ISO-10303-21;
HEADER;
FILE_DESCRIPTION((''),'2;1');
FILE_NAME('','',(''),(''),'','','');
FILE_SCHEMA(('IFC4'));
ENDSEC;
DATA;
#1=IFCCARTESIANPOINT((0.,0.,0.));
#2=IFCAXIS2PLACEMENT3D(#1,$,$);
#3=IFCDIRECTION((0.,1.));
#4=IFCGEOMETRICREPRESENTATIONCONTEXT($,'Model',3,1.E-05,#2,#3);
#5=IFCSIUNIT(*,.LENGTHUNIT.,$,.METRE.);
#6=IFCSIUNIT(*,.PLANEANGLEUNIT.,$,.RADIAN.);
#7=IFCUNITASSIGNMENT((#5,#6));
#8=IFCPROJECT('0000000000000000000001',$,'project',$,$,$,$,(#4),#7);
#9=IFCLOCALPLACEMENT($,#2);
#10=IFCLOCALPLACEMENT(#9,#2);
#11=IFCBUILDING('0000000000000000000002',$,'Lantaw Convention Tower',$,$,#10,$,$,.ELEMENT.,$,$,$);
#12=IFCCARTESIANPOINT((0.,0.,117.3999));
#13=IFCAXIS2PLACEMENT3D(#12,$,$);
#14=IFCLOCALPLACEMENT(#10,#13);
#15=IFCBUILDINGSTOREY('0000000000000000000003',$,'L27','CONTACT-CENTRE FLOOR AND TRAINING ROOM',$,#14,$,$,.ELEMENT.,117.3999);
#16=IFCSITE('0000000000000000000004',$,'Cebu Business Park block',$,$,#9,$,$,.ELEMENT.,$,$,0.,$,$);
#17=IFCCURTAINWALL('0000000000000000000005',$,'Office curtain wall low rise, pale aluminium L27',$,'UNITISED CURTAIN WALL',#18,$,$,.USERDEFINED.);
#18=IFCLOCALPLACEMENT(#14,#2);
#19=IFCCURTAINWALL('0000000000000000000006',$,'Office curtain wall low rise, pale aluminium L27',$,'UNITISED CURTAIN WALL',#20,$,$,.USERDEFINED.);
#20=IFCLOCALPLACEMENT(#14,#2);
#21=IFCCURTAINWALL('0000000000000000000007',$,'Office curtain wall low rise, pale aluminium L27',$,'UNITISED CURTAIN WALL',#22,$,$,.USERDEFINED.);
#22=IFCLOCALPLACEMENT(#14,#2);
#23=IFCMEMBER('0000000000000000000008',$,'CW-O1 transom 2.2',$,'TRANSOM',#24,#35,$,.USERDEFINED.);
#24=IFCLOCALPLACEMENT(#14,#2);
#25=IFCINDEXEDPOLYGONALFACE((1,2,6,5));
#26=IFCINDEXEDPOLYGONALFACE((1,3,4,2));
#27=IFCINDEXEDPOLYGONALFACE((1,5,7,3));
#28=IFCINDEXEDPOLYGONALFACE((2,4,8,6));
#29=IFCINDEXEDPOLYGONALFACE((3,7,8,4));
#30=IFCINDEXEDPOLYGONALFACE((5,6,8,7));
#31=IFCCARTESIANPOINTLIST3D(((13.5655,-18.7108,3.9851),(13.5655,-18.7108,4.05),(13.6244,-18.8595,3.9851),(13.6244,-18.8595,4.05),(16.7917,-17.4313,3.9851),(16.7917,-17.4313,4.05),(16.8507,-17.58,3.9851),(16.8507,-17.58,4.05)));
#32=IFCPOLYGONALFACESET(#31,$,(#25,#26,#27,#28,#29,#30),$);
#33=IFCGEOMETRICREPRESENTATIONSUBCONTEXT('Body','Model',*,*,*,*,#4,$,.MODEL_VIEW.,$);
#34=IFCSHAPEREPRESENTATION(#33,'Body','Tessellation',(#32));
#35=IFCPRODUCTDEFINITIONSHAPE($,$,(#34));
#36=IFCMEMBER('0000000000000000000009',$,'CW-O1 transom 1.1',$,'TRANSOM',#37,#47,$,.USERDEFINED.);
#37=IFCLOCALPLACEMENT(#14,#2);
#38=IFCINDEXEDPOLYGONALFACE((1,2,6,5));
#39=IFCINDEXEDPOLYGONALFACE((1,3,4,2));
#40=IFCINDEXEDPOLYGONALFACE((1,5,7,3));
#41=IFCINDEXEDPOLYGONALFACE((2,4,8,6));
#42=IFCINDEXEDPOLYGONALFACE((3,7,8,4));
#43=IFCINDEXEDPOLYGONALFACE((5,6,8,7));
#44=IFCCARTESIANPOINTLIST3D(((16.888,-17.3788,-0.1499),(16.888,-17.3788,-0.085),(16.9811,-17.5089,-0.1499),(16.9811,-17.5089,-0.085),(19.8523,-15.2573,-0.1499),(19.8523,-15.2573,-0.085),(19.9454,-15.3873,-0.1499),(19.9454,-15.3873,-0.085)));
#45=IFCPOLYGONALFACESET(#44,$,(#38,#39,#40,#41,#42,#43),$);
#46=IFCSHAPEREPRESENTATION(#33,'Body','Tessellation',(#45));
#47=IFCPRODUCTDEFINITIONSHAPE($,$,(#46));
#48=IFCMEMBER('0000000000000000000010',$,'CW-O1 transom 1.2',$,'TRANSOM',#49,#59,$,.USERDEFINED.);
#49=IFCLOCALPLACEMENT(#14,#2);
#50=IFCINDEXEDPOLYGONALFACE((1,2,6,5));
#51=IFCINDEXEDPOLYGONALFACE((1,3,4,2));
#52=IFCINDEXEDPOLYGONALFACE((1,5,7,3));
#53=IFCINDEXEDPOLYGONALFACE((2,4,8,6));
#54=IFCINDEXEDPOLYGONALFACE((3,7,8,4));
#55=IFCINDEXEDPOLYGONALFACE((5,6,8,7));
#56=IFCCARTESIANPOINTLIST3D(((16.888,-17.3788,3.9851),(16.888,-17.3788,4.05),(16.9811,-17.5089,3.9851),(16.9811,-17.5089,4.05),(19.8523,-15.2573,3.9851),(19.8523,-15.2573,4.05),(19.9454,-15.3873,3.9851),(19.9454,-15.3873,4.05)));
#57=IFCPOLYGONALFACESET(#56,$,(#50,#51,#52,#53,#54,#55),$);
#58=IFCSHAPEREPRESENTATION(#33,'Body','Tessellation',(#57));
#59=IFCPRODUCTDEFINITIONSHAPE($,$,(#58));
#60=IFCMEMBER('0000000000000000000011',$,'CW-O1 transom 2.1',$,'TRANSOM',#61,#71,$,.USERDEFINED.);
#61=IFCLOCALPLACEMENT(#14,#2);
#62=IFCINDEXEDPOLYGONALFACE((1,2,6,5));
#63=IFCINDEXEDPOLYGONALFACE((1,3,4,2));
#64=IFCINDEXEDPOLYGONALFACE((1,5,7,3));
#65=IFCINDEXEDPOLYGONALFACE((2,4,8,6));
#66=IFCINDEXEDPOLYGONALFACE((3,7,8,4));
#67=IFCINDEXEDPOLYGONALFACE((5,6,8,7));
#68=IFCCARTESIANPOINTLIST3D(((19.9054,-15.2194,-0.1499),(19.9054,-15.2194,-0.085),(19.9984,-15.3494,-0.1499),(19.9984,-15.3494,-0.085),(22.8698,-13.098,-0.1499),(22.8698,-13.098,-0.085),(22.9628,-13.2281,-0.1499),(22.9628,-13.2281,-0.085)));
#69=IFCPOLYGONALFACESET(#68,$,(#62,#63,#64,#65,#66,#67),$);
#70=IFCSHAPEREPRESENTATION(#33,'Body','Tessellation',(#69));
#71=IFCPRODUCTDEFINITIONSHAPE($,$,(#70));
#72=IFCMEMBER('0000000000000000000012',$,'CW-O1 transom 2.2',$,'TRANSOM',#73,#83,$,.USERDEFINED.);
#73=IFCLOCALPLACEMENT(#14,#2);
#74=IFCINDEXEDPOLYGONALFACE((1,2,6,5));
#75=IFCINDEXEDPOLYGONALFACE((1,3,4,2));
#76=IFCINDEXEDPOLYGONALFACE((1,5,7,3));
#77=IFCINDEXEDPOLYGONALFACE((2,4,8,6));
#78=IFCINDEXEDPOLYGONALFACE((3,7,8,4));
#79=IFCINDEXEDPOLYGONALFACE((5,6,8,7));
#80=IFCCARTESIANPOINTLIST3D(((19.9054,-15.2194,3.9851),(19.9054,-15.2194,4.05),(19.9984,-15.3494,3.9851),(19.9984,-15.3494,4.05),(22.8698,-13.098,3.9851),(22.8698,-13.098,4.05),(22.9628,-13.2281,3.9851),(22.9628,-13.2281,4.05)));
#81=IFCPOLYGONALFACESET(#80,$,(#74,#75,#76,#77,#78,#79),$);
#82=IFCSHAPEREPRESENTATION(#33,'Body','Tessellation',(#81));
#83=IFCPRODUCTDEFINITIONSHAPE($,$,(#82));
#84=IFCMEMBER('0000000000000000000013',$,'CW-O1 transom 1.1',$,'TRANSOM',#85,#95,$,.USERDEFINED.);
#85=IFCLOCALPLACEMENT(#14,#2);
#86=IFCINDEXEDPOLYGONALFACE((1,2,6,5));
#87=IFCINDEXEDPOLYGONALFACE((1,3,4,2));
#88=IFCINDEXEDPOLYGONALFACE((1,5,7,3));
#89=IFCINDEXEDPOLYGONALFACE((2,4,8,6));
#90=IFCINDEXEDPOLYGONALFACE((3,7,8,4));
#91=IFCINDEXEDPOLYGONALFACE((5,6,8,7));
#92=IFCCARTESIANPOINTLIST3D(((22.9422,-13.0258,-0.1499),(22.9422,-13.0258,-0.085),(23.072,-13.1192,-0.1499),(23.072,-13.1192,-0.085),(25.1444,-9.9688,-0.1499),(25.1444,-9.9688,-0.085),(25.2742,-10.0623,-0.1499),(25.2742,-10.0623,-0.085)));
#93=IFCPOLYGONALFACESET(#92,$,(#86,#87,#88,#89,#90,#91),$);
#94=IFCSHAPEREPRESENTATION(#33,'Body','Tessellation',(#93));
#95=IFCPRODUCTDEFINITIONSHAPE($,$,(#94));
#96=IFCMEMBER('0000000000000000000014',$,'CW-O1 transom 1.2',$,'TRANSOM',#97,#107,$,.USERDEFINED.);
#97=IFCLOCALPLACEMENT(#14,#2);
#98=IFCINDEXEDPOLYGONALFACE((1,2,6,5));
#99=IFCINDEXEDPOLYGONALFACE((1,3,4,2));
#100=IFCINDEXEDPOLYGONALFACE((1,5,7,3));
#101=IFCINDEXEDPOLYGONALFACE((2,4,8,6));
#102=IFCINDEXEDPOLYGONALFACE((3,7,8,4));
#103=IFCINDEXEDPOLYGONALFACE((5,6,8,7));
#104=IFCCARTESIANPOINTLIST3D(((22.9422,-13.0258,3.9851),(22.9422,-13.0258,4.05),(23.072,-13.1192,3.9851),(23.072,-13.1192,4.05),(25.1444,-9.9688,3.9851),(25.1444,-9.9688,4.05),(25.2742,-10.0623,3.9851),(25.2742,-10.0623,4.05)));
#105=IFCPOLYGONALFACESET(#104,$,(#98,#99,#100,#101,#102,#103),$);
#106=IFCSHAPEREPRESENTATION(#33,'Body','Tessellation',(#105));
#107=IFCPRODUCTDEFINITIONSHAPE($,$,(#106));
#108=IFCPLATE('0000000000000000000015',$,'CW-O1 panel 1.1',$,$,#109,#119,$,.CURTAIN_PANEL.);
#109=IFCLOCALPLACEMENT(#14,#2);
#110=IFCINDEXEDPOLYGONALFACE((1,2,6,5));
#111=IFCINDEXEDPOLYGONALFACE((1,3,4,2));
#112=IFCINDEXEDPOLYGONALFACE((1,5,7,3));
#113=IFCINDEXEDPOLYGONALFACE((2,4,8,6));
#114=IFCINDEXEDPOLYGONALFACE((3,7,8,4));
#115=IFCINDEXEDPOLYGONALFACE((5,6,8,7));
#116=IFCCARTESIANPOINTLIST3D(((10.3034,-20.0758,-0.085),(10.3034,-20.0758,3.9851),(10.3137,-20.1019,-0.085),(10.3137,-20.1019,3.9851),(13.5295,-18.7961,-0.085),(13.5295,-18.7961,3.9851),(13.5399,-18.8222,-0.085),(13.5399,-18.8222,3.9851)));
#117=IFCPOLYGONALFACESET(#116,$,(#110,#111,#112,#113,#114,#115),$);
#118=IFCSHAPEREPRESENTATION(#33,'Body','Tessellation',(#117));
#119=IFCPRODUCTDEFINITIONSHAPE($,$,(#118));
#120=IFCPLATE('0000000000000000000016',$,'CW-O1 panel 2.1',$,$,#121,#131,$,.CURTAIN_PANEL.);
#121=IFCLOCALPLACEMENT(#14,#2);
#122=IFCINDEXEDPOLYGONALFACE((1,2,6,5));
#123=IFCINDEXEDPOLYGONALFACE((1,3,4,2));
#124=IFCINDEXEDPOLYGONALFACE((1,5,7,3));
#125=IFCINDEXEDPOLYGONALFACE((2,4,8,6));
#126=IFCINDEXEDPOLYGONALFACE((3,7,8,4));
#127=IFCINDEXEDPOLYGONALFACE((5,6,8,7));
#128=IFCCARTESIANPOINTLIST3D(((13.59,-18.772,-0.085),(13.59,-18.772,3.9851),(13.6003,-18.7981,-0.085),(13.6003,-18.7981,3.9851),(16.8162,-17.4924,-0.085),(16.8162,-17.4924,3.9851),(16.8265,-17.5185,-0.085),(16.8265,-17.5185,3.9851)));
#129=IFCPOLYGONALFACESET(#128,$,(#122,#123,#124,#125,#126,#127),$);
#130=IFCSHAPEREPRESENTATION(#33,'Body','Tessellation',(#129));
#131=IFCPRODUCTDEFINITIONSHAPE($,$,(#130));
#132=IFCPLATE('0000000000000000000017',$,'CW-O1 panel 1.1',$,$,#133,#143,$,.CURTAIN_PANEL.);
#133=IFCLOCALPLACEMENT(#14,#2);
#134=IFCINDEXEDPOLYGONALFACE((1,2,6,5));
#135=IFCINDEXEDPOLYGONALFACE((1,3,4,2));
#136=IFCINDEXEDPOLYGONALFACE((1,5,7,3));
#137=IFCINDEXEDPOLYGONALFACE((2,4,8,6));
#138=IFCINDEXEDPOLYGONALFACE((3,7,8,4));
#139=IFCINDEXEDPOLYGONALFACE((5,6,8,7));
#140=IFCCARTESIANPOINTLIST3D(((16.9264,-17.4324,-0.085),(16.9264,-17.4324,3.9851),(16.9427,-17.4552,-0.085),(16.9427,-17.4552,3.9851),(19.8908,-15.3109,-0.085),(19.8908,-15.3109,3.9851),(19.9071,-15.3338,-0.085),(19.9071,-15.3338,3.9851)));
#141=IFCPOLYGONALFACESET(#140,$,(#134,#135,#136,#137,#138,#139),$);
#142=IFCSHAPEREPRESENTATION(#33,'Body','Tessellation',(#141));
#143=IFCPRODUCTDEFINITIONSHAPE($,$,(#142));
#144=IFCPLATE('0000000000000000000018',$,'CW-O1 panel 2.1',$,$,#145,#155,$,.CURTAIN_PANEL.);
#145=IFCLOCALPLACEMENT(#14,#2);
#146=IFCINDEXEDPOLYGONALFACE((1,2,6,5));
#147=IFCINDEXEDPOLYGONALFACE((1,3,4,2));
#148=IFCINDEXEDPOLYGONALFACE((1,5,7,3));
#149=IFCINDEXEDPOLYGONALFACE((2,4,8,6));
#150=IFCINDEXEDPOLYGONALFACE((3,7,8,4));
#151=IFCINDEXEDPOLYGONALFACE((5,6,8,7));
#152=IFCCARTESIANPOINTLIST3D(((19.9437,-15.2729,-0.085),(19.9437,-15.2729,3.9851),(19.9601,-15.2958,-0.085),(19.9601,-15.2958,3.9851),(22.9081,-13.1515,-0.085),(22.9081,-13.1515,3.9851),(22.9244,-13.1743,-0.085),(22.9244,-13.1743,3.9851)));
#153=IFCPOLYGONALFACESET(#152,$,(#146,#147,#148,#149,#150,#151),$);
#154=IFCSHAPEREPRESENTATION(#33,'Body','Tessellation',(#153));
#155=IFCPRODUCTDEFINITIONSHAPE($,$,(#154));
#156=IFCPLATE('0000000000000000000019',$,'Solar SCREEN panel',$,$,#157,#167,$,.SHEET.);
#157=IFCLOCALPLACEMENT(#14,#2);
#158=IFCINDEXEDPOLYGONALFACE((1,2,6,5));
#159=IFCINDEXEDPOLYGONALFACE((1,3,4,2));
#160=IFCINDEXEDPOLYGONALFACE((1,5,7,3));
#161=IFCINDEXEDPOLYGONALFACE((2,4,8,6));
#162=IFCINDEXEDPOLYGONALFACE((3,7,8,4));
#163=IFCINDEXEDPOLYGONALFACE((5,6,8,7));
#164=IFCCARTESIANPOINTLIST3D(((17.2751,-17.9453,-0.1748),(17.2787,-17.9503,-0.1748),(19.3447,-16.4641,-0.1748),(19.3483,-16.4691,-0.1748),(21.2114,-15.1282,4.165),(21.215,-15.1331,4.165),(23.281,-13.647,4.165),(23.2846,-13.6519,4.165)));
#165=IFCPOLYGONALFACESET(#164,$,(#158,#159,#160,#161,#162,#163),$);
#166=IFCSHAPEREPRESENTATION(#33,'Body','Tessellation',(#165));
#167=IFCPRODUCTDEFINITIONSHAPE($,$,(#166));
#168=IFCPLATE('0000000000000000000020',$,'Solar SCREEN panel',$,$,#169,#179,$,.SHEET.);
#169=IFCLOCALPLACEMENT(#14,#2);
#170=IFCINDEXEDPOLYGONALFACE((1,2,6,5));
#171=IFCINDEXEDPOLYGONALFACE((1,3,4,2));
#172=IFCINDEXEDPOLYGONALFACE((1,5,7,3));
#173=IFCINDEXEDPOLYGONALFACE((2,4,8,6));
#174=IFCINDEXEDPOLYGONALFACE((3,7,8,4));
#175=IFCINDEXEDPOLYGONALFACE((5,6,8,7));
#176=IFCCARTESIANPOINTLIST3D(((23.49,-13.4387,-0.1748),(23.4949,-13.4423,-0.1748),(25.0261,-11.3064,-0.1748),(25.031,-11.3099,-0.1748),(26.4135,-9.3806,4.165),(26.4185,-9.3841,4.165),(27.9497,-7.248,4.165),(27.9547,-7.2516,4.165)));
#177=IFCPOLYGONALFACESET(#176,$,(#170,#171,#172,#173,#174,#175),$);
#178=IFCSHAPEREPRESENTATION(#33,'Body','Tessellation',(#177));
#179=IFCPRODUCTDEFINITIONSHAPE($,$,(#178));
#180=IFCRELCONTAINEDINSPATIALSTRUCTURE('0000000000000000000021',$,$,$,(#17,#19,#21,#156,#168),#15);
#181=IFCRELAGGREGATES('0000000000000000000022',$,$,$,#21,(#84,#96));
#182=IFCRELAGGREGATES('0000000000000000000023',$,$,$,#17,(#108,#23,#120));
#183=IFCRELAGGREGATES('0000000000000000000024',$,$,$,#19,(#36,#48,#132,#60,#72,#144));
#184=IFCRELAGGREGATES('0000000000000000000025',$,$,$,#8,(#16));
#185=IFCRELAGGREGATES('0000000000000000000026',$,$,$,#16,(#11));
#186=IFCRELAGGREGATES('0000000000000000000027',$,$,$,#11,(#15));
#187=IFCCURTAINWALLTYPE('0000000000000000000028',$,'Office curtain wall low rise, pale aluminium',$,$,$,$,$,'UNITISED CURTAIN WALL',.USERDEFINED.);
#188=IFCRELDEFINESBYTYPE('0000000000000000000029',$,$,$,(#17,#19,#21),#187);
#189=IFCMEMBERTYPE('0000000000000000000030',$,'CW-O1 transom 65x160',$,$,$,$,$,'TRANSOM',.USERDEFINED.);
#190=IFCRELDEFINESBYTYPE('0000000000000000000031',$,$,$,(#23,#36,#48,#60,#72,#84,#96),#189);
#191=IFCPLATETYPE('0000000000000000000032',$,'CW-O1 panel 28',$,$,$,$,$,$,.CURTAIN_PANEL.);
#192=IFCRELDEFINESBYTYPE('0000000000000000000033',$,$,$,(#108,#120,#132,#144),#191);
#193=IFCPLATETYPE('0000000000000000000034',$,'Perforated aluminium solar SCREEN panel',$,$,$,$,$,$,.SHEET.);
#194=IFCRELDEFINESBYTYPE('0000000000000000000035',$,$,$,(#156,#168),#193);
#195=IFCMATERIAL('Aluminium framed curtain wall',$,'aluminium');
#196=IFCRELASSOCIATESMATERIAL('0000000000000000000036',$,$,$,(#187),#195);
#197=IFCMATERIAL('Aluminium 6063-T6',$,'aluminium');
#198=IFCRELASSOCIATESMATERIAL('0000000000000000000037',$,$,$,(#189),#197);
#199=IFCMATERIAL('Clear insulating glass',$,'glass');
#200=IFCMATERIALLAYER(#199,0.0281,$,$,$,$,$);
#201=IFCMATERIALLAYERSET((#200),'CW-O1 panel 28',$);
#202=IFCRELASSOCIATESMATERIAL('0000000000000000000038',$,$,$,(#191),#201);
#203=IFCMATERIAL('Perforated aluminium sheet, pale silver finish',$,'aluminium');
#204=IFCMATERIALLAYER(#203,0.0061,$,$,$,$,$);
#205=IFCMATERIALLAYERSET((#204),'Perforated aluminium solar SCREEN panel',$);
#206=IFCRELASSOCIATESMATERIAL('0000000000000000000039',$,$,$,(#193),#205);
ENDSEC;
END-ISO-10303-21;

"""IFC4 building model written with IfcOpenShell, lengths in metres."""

from ifc_helpers import new_model, si_unit, direction, frame, origin, origin_2d, place, context, subcontext, project, spatial, polyline, rectangle, outline, extrude, material, layer, layer_set, material_profile, profile_set, type_object, element, aggregate, save


model = new_model("IFC4")

# Units and contexts
model_context = context("Model", 3, precision=1e-05, world=origin(), true_north=direction((0.0, 1.0)))
body_context = subcontext(model_context, "Body", "Model", "MODEL_VIEW")
ifc_project = project(units=[si_unit("LENGTHUNIT", "METRE"), si_unit("PLANEANGLEUNIT", "RADIAN")], contexts=[model_context])

# Site, building, storey
site_placement = place(None, origin())
site = spatial("IfcSite", under=ifc_project, at=site_placement, Name="Cebu Business Park block", CompositionType="ELEMENT", RefElevation=0.0)
building_placement = place(site_placement, origin())
building = spatial("IfcBuilding", under=site, at=building_placement, Name="Lantaw Convention Tower", CompositionType="ELEMENT")
storey_placement = place(building_placement, frame((0.0, 0.0, 117.3999)))
storey = spatial("IfcBuildingStorey", under=building, at=storey_placement, Name="L27", Description="CONTACT-CENTRE FLOOR AND TRAINING ROOM", CompositionType="ELEMENT", Elevation=117.3999)

# Curtain walls
ifc_material_1 = material(Name="Aluminium framed curtain wall", Category="aluminium")
curtain_wall_type = type_object("IfcCurtainWallType", Name="Office curtain wall low rise, pale aluminium", ElementType="UNITISED CURTAIN WALL", PredefinedType="USERDEFINED", material=ifc_material_1)
curtain_wall_1_placement = place(storey_placement, origin())
curtain_wall_1 = element("IfcCurtainWall", 1, at=curtain_wall_1_placement, inside=storey, type_object=curtain_wall_type, Name="Office curtain wall low rise, pale aluminium L27", ObjectType="UNITISED CURTAIN WALL", PredefinedType="USERDEFINED")
ifc_material_2 = material(Name="Aluminium 6063-T6", Category="aluminium")
curtain_wall_2_placement = place(storey_placement, origin())
curtain_wall_2 = element("IfcCurtainWall", 2, at=curtain_wall_2_placement, inside=storey, type_object=curtain_wall_type, Name="Office curtain wall low rise, pale aluminium L27", ObjectType="UNITISED CURTAIN WALL", PredefinedType="USERDEFINED")

# Curtain wall
curtain_wall_3_placement = place(storey_placement, origin())
curtain_wall_3 = element("IfcCurtainWall", 3, at=curtain_wall_3_placement, inside=storey, type_object=curtain_wall_type, Name="Office curtain wall low rise, pale aluminium L27", ObjectType="UNITISED CURTAIN WALL", PredefinedType="USERDEFINED")

# Members
ifc_material_profile_1 = material_profile(ifc_material_2, rectangle(XDim=0.1599, YDim=0.0649, at=origin_2d()), Name="CW-O1 transom 65x160")
ifc_profile_set_1 = profile_set([ifc_material_profile_1], Name="Aluminium 6063-T6")
member_type_1 = type_object("IfcMemberType", Name="CW-O1 transom 65x160", ElementType="TRANSOM", PredefinedType="USERDEFINED", material=ifc_profile_set_1)
member_1_placement = place(storey_placement, frame((13.595, -18.7852, 4.0176), z_axis=(0.929564, 0.36866, 0.0), x_axis=(-0.36866, 0.929564, 0.0)))
member_1 = element("IfcMember", 4, at=member_1_placement, type_object=member_type_1, Name="CW-O1 transom 2.2", ObjectType="TRANSOM", PredefinedType="USERDEFINED", context=body_context, shape_type="SweptSolid", body=[
    extrude(rectangle(XDim=0.1599, YDim=0.0649, at=origin_2d()), origin(), (0.0, 0.0, 1.0), 3.4707),
])
member_2_placement = place(storey_placement, frame((16.9346, -17.4438, -0.1174), z_axis=(0.81319, 0.581998, 0.0), x_axis=(-0.581998, 0.81319, 0.0)))
member_2 = element("IfcMember", 5, at=member_2_placement, type_object=member_type_1, Name="CW-O1 transom 1.1", ObjectType="TRANSOM", PredefinedType="USERDEFINED", context=body_context, shape_type="SweptSolid", body=[
    extrude(rectangle(XDim=0.1599, YDim=0.0649, at=origin_2d()), origin(), (0.0, 0.0, 1.0), 3.6453),
])
member_3_placement = place(storey_placement, frame((16.9346, -17.4438, 4.0176), z_axis=(0.81319, 0.581998, 0.0), x_axis=(-0.581998, 0.81319, 0.0)))
member_3 = element("IfcMember", 6, at=member_3_placement, type_object=member_type_1, Name="CW-O1 transom 1.2", ObjectType="TRANSOM", PredefinedType="USERDEFINED", context=body_context, shape_type="SweptSolid", body=[
    extrude(rectangle(XDim=0.1599, YDim=0.0649, at=origin_2d()), origin(), (0.0, 0.0, 1.0), 3.6453),
])
member_4_placement = place(storey_placement, frame((19.9519, -15.2844, -0.1174), z_axis=(0.813222, 0.581954, 0.0), x_axis=(-0.581954, 0.813222, 0.0)))
member_4 = element("IfcMember", 7, at=member_4_placement, type_object=member_type_1, Name="CW-O1 transom 2.1", ObjectType="TRANSOM", PredefinedType="USERDEFINED", context=body_context, shape_type="SweptSolid", body=[
    extrude(rectangle(XDim=0.1599, YDim=0.0649, at=origin_2d()), origin(), (0.0, 0.0, 1.0), 3.6453),
])
member_5_placement = place(storey_placement, frame((19.9519, -15.2844, 4.0176), z_axis=(0.813222, 0.581954, 0.0), x_axis=(-0.581954, 0.813222, 0.0)))
member_5 = element("IfcMember", 8, at=member_5_placement, type_object=member_type_1, Name="CW-O1 transom 2.2", ObjectType="TRANSOM", PredefinedType="USERDEFINED", context=body_context, shape_type="SweptSolid", body=[
    extrude(rectangle(XDim=0.1599, YDim=0.0649, at=origin_2d()), origin(), (0.0, 0.0, 1.0), 3.6453),
])
member_6_placement = place(storey_placement, frame((23.0071, -13.0725, -0.1174), z_axis=(0.584513, 0.811384, 0.0), x_axis=(-0.811384, 0.584513, 0.0)))
member_6 = element("IfcMember", 9, at=member_6_placement, type_object=member_type_1, Name="CW-O1 transom 1.1", ObjectType="TRANSOM", PredefinedType="USERDEFINED", context=body_context, shape_type="SweptSolid", body=[
    extrude(rectangle(XDim=0.1599, YDim=0.0649, at=origin_2d()), origin(), (0.0, 0.0, 1.0), 3.7676),
])
member_7_placement = place(storey_placement, frame((23.0071, -13.0725, 4.0176), z_axis=(0.584513, 0.811384, 0.0), x_axis=(-0.811384, 0.584513, 0.0)))
member_7 = element("IfcMember", 10, at=member_7_placement, type_object=member_type_1, Name="CW-O1 transom 1.2", ObjectType="TRANSOM", PredefinedType="USERDEFINED", context=body_context, shape_type="SweptSolid", body=[
    extrude(rectangle(XDim=0.1599, YDim=0.0649, at=origin_2d()), origin(), (0.0, 0.0, 1.0), 3.7676),
])
aggregate(curtain_wall_3, [member_6, member_7])

# Plates
ifc_material_3 = material(Name="Clear insulating glass", Category="glass")
ifc_layer_1 = layer(ifc_material_3, 0.0281)
ifc_layer_set_1 = layer_set([ifc_layer_1], Name="CW-O1 panel 28")
plate_type_1 = type_object("IfcPlateType", Name="CW-O1 panel 28", PredefinedType="CURTAIN_PANEL", material=ifc_layer_set_1)
plate_1_placement = place(storey_placement, frame((11.9216, -19.449, -0.085), z_axis=(0.0, 0.0, 1.0), x_axis=(0.929548, 0.368702, 0.0)))
plate_1 = element("IfcPlate", 11, at=plate_1_placement, type_object=plate_type_1, Name="CW-O1 panel 1.1", PredefinedType="CURTAIN_PANEL", context=body_context, shape_type="SweptSolid", body=[
    extrude(rectangle(XDim=3.4707, YDim=0.0281, at=origin_2d()), origin(), (0.0, 0.0, 1.0), 4.0701),
])
plate_2_placement = place(storey_placement, frame((15.2083, -18.1453, -0.085), z_axis=(0.0, 0.0, 1.0), x_axis=(0.929548, 0.368702, 0.0)))
plate_2 = element("IfcPlate", 12, at=plate_2_placement, type_object=plate_type_1, Name="CW-O1 panel 2.1", PredefinedType="CURTAIN_PANEL", context=body_context, shape_type="SweptSolid", body=[
    extrude(rectangle(XDim=3.4707, YDim=0.0281, at=origin_2d()), origin(), (0.0, 0.0, 1.0), 4.0701),
])
aggregate(curtain_wall_1, [plate_1, member_1, plate_2])
plate_3_placement = place(storey_placement, frame((18.4167, -16.3831, -0.085), z_axis=(0.0, 0.0, 1.0), x_axis=(0.813208, 0.581973, 0.0)))
plate_3 = element("IfcPlate", 13, at=plate_3_placement, type_object=plate_type_1, Name="CW-O1 panel 1.1", PredefinedType="CURTAIN_PANEL", context=body_context, shape_type="SweptSolid", body=[
    extrude(rectangle(XDim=3.6453, YDim=0.0281, at=origin_2d()), origin(), (0.0, 0.0, 1.0), 4.0701),
])
plate_4_placement = place(storey_placement, frame((21.4341, -14.2236, -0.085), z_axis=(0.0, 0.0, 1.0), x_axis=(0.813208, 0.581973, 0.0)))
plate_4 = element("IfcPlate", 14, at=plate_4_placement, type_object=plate_type_1, Name="CW-O1 panel 2.1", PredefinedType="CURTAIN_PANEL", context=body_context, shape_type="SweptSolid", body=[
    extrude(rectangle(XDim=3.6453, YDim=0.0281, at=origin_2d()), origin(), (0.0, 0.0, 1.0), 4.0701),
])
aggregate(curtain_wall_2, [member_2, member_3, plate_3, member_4, member_5, plate_4])

# Plates
ifc_material_4 = material(Name="Perforated aluminium sheet, pale silver finish", Category="aluminium")
ifc_layer_2 = layer(ifc_material_4, 0.0061)
ifc_layer_set_2 = layer_set([ifc_layer_2], Name="Perforated aluminium solar SCREEN panel")
plate_type_2 = type_object("IfcPlateType", Name="Perforated aluminium solar SCREEN panel", PredefinedType="SHEET", material=ifc_layer_set_2)
plate_5_placement = place(storey_placement, frame((17.2751, -17.9453, -0.1748), z_axis=(-0.582, 0.813189, 0.000012), x_axis=(0.813189, 0.582, 0.0)))
element("IfcPlate", 15, at=plate_5_placement, inside=storey, type_object=plate_type_2, Name="Solar SCREEN panel", PredefinedType="SHEET", context=body_context, shape_type="SweptSolid", body=[
    extrude(outline(polyline([(0.0, 0.0), (2.545, 0.0), (7.3855, -4.3398), (4.8405, -4.3398), (0.0, 0.0)])), origin(), (0.0, 0.0, -1.0), 0.0061),
])
plate_6_placement = place(storey_placement, frame((23.49, -13.4387, -0.1748), z_axis=(-0.811395, 0.584498, 0.000036), x_axis=(0.584498, 0.811395, 0.0)))
element("IfcPlate", 16, at=plate_6_placement, inside=storey, type_object=plate_type_2, Name="Solar SCREEN panel", PredefinedType="SHEET", context=body_context, shape_type="SweptSolid", body=[
    extrude(outline(polyline([(0.0, 0.0), (2.628, 0.0), (7.6298, -4.3398), (5.0016, -4.3398), (0.0, 0.0)])), origin(), (0.0, 0.0, -1.0), 0.0061),
])

save(model, "model.ifc")
